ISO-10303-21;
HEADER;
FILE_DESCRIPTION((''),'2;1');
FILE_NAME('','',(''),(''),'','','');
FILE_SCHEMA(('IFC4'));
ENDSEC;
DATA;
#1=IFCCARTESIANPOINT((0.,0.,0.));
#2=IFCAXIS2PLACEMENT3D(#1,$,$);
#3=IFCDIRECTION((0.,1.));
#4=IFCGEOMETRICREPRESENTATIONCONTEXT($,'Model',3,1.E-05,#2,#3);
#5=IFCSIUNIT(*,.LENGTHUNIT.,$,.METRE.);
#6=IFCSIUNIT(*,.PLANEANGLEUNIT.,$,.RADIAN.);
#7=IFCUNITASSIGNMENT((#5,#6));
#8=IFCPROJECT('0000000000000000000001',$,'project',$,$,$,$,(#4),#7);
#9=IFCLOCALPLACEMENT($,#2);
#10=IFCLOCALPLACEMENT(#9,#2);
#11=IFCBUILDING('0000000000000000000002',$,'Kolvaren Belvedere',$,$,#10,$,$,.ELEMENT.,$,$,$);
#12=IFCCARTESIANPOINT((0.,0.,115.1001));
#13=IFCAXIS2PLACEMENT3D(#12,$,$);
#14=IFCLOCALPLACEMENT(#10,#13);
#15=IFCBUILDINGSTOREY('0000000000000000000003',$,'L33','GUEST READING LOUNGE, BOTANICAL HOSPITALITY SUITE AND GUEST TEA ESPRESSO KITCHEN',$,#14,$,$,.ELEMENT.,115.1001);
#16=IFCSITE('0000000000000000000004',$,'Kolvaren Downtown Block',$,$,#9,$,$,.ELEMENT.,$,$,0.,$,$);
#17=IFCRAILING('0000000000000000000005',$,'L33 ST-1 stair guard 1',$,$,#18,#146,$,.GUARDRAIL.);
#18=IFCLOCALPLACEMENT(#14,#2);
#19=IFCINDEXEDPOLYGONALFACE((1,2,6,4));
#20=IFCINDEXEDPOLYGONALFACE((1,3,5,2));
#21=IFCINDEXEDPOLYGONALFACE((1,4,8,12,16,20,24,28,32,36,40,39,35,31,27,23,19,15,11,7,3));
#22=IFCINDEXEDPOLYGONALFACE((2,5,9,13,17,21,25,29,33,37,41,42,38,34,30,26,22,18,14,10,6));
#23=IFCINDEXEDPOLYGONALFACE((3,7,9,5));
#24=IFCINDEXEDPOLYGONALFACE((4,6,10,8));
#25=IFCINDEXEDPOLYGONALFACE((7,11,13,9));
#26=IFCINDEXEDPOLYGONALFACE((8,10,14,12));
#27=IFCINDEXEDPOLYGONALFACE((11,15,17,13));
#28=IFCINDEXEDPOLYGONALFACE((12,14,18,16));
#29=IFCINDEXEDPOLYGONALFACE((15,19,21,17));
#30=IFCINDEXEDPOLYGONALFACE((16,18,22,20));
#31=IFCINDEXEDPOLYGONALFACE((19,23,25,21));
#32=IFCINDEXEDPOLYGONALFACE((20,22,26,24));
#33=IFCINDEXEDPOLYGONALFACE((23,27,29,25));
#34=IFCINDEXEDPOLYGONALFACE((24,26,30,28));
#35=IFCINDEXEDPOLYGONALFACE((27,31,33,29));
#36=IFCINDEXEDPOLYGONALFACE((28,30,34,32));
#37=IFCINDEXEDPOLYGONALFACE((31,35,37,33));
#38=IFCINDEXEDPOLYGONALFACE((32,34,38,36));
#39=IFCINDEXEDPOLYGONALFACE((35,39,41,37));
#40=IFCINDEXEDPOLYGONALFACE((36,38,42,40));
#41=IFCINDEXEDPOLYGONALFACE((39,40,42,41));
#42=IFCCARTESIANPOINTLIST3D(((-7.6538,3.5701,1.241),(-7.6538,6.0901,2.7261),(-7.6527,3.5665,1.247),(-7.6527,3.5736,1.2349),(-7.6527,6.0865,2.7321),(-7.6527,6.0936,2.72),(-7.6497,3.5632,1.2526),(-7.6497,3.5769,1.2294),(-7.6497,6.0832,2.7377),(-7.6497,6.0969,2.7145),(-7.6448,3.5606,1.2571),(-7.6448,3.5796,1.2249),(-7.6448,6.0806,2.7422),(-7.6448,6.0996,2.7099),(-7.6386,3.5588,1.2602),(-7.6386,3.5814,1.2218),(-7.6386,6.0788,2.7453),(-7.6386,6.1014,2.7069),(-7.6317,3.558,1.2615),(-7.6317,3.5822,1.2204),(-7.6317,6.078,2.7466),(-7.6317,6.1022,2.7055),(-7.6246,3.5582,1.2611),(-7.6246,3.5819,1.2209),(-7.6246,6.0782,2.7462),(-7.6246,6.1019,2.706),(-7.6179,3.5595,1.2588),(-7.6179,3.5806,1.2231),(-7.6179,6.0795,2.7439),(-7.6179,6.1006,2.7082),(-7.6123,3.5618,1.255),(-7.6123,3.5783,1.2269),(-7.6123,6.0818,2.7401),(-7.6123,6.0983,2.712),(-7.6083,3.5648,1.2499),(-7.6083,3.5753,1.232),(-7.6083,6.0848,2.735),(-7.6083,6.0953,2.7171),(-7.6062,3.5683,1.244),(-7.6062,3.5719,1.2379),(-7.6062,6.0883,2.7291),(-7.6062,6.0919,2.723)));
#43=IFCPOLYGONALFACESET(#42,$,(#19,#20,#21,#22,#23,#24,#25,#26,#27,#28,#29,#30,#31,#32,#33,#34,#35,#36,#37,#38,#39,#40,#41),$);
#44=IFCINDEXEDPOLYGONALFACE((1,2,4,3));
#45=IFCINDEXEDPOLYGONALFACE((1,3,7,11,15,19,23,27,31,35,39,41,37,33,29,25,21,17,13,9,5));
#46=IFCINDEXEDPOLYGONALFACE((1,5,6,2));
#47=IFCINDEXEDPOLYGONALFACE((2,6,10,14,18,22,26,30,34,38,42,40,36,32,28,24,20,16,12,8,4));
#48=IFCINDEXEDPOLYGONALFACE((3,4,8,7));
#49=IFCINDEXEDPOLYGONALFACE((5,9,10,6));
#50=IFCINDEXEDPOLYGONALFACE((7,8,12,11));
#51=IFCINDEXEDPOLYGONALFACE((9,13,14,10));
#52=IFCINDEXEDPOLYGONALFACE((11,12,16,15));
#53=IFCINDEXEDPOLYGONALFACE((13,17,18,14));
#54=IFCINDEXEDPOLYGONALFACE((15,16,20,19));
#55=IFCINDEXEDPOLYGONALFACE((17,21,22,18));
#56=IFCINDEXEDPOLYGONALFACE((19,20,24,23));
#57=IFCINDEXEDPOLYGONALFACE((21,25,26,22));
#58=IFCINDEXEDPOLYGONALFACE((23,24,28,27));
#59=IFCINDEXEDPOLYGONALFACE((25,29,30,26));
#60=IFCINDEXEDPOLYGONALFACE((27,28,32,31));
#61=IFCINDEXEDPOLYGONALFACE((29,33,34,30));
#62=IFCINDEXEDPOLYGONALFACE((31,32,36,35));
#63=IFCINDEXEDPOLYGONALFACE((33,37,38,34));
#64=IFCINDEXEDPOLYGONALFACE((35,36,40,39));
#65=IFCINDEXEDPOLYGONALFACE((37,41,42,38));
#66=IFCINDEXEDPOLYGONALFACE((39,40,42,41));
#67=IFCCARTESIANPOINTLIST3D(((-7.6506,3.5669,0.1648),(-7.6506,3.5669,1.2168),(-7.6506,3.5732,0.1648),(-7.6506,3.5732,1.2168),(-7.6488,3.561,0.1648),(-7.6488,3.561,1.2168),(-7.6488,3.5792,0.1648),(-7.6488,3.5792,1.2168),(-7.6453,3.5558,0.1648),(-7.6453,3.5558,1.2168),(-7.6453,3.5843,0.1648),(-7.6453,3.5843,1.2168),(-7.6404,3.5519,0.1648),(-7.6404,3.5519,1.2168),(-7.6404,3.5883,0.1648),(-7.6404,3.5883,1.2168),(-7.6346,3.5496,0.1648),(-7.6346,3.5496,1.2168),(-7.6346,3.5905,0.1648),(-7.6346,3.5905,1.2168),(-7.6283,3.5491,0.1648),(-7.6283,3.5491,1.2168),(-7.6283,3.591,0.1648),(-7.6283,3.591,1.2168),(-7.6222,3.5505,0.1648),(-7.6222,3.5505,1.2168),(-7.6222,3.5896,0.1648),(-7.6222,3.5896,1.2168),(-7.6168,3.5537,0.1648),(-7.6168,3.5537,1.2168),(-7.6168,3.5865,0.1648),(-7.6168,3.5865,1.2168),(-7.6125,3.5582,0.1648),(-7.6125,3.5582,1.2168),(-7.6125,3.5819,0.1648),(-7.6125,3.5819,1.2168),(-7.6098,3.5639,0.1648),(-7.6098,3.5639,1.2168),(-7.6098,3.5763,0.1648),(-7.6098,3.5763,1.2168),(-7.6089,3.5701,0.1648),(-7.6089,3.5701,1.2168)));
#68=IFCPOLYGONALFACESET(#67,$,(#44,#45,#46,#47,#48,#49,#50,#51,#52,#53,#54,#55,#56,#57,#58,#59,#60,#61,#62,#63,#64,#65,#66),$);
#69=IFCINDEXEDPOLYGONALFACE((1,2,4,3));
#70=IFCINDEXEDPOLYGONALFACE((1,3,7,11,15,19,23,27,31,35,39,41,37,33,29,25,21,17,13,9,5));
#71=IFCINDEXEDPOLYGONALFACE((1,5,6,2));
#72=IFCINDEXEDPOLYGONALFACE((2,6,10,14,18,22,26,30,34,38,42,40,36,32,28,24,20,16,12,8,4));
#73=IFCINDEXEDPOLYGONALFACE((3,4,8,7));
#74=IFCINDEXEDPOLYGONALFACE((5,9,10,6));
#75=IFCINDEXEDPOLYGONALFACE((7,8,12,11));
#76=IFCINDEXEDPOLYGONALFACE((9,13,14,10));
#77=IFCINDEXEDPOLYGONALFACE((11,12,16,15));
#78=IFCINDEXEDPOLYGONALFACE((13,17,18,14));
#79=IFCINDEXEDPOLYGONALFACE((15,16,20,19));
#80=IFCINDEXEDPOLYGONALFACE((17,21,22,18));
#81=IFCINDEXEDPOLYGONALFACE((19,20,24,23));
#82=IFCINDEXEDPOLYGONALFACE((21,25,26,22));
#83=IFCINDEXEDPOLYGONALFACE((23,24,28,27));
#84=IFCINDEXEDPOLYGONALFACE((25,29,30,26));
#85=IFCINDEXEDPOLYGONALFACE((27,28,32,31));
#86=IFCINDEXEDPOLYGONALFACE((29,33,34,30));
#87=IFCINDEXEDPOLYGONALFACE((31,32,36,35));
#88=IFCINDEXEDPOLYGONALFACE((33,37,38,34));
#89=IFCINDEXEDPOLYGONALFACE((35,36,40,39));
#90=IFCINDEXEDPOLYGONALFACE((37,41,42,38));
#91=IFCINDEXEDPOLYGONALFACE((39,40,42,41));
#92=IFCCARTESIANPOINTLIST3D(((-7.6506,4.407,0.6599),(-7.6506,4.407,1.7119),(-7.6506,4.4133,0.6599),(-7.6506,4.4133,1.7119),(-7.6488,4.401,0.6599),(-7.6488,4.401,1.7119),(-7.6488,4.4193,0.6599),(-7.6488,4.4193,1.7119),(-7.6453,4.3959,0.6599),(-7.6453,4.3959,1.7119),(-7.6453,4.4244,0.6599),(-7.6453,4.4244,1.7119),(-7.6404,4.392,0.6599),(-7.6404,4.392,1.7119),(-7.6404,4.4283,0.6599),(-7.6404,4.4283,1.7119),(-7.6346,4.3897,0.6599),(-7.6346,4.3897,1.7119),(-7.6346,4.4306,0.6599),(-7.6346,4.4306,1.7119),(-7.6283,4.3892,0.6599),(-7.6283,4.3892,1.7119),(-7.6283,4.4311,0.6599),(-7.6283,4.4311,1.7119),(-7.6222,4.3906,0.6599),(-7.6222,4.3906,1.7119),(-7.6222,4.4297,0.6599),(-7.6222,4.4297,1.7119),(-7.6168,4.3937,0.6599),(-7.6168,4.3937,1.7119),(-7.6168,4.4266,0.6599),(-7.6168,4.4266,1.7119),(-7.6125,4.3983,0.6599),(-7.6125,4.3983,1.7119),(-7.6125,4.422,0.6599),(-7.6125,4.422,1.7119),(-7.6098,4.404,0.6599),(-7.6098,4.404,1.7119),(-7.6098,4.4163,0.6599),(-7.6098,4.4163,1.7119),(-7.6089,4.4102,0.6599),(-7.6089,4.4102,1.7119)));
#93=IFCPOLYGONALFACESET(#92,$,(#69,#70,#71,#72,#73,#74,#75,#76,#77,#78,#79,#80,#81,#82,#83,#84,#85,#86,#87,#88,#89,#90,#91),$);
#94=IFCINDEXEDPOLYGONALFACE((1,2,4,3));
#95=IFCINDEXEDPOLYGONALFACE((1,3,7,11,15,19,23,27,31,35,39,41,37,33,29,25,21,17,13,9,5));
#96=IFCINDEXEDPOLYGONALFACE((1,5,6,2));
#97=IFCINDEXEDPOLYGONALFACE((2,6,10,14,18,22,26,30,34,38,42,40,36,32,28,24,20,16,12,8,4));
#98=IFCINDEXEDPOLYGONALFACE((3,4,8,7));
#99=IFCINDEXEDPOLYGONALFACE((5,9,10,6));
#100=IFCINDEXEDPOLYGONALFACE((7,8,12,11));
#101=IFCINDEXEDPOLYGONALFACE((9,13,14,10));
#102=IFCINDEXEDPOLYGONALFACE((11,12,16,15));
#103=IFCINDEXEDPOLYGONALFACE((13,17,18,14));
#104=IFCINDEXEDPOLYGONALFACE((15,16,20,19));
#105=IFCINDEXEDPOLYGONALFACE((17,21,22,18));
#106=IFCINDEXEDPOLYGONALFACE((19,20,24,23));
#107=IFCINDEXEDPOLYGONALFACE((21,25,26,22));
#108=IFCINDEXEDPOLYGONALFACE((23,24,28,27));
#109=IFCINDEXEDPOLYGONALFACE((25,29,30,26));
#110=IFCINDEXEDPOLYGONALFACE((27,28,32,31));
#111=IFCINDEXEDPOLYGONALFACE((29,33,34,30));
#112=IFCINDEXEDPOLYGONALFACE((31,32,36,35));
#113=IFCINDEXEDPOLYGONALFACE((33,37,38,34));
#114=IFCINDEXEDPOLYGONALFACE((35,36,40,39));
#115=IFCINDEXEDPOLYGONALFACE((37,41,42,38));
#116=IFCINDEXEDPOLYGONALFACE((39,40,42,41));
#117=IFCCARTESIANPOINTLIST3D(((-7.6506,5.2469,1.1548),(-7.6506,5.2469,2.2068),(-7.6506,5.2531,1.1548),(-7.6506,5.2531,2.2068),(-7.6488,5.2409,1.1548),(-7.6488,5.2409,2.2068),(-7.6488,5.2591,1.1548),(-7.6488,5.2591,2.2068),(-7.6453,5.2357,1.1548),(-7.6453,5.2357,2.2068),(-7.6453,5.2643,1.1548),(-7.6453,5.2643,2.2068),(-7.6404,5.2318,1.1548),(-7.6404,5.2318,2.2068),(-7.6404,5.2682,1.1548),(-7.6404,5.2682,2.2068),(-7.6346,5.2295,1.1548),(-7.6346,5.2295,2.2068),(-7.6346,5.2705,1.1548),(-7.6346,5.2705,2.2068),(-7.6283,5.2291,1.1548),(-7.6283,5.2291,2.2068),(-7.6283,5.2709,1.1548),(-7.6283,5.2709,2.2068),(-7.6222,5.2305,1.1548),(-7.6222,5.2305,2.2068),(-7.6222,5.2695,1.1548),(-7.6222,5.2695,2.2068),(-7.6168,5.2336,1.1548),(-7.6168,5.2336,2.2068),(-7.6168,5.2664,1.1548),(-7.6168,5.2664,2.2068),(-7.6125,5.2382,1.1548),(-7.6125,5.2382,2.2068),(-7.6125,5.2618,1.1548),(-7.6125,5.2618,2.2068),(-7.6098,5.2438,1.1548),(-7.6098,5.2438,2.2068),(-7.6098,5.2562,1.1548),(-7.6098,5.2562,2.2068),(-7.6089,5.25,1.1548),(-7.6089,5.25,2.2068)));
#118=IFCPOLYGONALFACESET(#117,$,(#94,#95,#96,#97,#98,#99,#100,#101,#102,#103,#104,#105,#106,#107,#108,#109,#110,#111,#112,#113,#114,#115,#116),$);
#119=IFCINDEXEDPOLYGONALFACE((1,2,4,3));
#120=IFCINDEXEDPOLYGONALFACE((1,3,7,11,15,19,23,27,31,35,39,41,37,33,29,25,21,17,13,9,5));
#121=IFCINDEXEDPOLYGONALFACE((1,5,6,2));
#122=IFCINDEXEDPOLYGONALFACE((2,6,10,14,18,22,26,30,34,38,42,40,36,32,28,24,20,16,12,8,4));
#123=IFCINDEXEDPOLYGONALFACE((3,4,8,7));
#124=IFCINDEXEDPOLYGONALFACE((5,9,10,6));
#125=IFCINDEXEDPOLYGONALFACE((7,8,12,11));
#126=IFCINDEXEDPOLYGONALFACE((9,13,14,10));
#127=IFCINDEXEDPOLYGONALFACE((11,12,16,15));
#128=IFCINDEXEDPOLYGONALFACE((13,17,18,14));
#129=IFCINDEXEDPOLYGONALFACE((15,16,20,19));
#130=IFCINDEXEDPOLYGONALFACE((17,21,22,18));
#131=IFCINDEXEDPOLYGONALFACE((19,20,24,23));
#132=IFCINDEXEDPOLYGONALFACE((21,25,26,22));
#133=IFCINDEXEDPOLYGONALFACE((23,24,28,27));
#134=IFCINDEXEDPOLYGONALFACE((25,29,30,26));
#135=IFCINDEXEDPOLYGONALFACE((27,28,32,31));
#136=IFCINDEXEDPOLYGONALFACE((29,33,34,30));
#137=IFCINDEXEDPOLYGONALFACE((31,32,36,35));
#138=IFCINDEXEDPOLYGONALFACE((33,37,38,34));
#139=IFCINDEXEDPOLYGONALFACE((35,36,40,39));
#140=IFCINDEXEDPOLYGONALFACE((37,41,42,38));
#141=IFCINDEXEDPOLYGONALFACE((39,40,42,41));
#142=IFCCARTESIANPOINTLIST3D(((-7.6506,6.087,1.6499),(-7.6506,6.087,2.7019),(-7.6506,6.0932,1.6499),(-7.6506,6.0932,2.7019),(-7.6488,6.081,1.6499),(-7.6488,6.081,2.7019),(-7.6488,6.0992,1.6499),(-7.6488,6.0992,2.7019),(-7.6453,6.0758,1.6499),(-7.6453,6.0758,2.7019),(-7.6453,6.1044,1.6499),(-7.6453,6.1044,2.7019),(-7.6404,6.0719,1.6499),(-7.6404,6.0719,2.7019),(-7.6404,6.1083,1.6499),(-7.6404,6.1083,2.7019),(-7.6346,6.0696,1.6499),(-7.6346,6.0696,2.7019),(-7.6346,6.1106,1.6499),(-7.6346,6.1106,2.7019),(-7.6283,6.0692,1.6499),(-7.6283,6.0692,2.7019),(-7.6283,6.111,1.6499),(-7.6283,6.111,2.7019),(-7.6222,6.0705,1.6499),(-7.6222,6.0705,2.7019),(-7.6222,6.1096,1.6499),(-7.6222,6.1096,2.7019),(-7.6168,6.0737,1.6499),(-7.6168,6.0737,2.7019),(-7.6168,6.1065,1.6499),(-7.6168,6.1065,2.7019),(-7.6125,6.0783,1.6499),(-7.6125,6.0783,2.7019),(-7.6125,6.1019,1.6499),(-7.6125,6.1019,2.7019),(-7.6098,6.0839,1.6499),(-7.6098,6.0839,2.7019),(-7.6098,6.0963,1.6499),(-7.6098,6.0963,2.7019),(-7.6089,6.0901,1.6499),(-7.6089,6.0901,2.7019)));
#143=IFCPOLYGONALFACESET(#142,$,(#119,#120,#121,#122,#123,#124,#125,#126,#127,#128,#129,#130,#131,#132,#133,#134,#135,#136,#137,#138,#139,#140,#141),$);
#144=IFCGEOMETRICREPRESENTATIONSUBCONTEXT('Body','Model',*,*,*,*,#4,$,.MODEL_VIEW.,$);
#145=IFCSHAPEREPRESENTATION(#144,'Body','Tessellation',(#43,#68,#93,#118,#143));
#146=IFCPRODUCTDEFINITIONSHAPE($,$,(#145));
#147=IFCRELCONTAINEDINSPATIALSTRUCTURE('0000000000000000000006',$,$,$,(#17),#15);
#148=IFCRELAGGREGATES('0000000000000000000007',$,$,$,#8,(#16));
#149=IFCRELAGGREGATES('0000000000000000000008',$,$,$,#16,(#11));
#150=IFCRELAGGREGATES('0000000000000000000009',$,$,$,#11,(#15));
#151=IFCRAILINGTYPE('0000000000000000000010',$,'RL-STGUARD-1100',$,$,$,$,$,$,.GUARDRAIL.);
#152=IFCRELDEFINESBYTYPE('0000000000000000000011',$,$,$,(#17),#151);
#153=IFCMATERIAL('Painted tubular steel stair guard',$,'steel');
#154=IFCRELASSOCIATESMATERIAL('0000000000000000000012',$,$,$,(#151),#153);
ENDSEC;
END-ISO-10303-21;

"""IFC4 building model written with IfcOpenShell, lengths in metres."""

from ifc_helpers import new_model, si_unit, direction, frame, origin, origin_2d, place, context, subcontext, project, spatial, circle, extrude, material, type_object, element, save


model = new_model("IFC4")

# Units and contexts
model_context = context("Model", 3, precision=1e-05, world=origin(), true_north=direction((0.0, 1.0)))
body_context = subcontext(model_context, "Body", "Model", "MODEL_VIEW")
ifc_project = project(units=[si_unit("LENGTHUNIT", "METRE"), si_unit("PLANEANGLEUNIT", "RADIAN")], contexts=[model_context])

# Site, building, storey
site_placement = place(None, origin())
site = spatial("IfcSite", under=ifc_project, at=site_placement, Name="Kolvaren Downtown Block", CompositionType="ELEMENT", RefElevation=0.0)
building_placement = place(site_placement, origin())
building = spatial("IfcBuilding", under=site, at=building_placement, Name="Kolvaren Belvedere", CompositionType="ELEMENT")
storey_placement = place(building_placement, frame((0.0, 0.0, 115.1001)))
storey = spatial("IfcBuildingStorey", under=building, at=storey_placement, Name="L33", Description="GUEST READING LOUNGE, BOTANICAL HOSPITALITY SUITE AND GUEST TEA ESPRESSO KITCHEN", CompositionType="ELEMENT", Elevation=115.1001)

# Railing
ifc_material_1 = material(Name="Painted tubular steel stair guard", Category="steel")
railing_type_1 = type_object("IfcRailingType", Name="RL-STGUARD-1100", PredefinedType="GUARDRAIL", material=ifc_material_1)
railing_1_placement = place(storey_placement, frame((-7.6299, 3.5701, 0.1648)))
element("IfcRailing", 1, at=railing_1_placement, inside=storey, type_object=railing_type_1, Name="L33 ST-1 stair guard 1", PredefinedType="GUARDRAIL", context=body_context, shape_type="SweptSolid", body=[
    extrude(circle(Radius=0.0239, at=origin_2d()), frame((0.0, 0.0, 1.0762), z_axis=(0.0, 0.861524, 0.507717), x_axis=(-1.0, 0.0, 0.0)), (0.0, 0.0, 1.0), 2.925),
    extrude(circle(Radius=0.021, at=origin_2d()), origin(), (0.0, 0.0, 1.0), 1.052),
    extrude(circle(Radius=0.021, at=origin_2d()), frame((0.0, 0.8401, 0.4951)), (0.0, 0.0, 1.0), 1.052),
    extrude(circle(Radius=0.021, at=origin_2d()), frame((0.0, 1.6799, 0.99)), (0.0, 0.0, 1.0), 1.052),
    extrude(circle(Radius=0.021, at=origin_2d()), frame((0.0, 2.52, 1.4851)), (0.0, 0.0, 1.0), 1.052),
])

save(model, "model.ifc")
